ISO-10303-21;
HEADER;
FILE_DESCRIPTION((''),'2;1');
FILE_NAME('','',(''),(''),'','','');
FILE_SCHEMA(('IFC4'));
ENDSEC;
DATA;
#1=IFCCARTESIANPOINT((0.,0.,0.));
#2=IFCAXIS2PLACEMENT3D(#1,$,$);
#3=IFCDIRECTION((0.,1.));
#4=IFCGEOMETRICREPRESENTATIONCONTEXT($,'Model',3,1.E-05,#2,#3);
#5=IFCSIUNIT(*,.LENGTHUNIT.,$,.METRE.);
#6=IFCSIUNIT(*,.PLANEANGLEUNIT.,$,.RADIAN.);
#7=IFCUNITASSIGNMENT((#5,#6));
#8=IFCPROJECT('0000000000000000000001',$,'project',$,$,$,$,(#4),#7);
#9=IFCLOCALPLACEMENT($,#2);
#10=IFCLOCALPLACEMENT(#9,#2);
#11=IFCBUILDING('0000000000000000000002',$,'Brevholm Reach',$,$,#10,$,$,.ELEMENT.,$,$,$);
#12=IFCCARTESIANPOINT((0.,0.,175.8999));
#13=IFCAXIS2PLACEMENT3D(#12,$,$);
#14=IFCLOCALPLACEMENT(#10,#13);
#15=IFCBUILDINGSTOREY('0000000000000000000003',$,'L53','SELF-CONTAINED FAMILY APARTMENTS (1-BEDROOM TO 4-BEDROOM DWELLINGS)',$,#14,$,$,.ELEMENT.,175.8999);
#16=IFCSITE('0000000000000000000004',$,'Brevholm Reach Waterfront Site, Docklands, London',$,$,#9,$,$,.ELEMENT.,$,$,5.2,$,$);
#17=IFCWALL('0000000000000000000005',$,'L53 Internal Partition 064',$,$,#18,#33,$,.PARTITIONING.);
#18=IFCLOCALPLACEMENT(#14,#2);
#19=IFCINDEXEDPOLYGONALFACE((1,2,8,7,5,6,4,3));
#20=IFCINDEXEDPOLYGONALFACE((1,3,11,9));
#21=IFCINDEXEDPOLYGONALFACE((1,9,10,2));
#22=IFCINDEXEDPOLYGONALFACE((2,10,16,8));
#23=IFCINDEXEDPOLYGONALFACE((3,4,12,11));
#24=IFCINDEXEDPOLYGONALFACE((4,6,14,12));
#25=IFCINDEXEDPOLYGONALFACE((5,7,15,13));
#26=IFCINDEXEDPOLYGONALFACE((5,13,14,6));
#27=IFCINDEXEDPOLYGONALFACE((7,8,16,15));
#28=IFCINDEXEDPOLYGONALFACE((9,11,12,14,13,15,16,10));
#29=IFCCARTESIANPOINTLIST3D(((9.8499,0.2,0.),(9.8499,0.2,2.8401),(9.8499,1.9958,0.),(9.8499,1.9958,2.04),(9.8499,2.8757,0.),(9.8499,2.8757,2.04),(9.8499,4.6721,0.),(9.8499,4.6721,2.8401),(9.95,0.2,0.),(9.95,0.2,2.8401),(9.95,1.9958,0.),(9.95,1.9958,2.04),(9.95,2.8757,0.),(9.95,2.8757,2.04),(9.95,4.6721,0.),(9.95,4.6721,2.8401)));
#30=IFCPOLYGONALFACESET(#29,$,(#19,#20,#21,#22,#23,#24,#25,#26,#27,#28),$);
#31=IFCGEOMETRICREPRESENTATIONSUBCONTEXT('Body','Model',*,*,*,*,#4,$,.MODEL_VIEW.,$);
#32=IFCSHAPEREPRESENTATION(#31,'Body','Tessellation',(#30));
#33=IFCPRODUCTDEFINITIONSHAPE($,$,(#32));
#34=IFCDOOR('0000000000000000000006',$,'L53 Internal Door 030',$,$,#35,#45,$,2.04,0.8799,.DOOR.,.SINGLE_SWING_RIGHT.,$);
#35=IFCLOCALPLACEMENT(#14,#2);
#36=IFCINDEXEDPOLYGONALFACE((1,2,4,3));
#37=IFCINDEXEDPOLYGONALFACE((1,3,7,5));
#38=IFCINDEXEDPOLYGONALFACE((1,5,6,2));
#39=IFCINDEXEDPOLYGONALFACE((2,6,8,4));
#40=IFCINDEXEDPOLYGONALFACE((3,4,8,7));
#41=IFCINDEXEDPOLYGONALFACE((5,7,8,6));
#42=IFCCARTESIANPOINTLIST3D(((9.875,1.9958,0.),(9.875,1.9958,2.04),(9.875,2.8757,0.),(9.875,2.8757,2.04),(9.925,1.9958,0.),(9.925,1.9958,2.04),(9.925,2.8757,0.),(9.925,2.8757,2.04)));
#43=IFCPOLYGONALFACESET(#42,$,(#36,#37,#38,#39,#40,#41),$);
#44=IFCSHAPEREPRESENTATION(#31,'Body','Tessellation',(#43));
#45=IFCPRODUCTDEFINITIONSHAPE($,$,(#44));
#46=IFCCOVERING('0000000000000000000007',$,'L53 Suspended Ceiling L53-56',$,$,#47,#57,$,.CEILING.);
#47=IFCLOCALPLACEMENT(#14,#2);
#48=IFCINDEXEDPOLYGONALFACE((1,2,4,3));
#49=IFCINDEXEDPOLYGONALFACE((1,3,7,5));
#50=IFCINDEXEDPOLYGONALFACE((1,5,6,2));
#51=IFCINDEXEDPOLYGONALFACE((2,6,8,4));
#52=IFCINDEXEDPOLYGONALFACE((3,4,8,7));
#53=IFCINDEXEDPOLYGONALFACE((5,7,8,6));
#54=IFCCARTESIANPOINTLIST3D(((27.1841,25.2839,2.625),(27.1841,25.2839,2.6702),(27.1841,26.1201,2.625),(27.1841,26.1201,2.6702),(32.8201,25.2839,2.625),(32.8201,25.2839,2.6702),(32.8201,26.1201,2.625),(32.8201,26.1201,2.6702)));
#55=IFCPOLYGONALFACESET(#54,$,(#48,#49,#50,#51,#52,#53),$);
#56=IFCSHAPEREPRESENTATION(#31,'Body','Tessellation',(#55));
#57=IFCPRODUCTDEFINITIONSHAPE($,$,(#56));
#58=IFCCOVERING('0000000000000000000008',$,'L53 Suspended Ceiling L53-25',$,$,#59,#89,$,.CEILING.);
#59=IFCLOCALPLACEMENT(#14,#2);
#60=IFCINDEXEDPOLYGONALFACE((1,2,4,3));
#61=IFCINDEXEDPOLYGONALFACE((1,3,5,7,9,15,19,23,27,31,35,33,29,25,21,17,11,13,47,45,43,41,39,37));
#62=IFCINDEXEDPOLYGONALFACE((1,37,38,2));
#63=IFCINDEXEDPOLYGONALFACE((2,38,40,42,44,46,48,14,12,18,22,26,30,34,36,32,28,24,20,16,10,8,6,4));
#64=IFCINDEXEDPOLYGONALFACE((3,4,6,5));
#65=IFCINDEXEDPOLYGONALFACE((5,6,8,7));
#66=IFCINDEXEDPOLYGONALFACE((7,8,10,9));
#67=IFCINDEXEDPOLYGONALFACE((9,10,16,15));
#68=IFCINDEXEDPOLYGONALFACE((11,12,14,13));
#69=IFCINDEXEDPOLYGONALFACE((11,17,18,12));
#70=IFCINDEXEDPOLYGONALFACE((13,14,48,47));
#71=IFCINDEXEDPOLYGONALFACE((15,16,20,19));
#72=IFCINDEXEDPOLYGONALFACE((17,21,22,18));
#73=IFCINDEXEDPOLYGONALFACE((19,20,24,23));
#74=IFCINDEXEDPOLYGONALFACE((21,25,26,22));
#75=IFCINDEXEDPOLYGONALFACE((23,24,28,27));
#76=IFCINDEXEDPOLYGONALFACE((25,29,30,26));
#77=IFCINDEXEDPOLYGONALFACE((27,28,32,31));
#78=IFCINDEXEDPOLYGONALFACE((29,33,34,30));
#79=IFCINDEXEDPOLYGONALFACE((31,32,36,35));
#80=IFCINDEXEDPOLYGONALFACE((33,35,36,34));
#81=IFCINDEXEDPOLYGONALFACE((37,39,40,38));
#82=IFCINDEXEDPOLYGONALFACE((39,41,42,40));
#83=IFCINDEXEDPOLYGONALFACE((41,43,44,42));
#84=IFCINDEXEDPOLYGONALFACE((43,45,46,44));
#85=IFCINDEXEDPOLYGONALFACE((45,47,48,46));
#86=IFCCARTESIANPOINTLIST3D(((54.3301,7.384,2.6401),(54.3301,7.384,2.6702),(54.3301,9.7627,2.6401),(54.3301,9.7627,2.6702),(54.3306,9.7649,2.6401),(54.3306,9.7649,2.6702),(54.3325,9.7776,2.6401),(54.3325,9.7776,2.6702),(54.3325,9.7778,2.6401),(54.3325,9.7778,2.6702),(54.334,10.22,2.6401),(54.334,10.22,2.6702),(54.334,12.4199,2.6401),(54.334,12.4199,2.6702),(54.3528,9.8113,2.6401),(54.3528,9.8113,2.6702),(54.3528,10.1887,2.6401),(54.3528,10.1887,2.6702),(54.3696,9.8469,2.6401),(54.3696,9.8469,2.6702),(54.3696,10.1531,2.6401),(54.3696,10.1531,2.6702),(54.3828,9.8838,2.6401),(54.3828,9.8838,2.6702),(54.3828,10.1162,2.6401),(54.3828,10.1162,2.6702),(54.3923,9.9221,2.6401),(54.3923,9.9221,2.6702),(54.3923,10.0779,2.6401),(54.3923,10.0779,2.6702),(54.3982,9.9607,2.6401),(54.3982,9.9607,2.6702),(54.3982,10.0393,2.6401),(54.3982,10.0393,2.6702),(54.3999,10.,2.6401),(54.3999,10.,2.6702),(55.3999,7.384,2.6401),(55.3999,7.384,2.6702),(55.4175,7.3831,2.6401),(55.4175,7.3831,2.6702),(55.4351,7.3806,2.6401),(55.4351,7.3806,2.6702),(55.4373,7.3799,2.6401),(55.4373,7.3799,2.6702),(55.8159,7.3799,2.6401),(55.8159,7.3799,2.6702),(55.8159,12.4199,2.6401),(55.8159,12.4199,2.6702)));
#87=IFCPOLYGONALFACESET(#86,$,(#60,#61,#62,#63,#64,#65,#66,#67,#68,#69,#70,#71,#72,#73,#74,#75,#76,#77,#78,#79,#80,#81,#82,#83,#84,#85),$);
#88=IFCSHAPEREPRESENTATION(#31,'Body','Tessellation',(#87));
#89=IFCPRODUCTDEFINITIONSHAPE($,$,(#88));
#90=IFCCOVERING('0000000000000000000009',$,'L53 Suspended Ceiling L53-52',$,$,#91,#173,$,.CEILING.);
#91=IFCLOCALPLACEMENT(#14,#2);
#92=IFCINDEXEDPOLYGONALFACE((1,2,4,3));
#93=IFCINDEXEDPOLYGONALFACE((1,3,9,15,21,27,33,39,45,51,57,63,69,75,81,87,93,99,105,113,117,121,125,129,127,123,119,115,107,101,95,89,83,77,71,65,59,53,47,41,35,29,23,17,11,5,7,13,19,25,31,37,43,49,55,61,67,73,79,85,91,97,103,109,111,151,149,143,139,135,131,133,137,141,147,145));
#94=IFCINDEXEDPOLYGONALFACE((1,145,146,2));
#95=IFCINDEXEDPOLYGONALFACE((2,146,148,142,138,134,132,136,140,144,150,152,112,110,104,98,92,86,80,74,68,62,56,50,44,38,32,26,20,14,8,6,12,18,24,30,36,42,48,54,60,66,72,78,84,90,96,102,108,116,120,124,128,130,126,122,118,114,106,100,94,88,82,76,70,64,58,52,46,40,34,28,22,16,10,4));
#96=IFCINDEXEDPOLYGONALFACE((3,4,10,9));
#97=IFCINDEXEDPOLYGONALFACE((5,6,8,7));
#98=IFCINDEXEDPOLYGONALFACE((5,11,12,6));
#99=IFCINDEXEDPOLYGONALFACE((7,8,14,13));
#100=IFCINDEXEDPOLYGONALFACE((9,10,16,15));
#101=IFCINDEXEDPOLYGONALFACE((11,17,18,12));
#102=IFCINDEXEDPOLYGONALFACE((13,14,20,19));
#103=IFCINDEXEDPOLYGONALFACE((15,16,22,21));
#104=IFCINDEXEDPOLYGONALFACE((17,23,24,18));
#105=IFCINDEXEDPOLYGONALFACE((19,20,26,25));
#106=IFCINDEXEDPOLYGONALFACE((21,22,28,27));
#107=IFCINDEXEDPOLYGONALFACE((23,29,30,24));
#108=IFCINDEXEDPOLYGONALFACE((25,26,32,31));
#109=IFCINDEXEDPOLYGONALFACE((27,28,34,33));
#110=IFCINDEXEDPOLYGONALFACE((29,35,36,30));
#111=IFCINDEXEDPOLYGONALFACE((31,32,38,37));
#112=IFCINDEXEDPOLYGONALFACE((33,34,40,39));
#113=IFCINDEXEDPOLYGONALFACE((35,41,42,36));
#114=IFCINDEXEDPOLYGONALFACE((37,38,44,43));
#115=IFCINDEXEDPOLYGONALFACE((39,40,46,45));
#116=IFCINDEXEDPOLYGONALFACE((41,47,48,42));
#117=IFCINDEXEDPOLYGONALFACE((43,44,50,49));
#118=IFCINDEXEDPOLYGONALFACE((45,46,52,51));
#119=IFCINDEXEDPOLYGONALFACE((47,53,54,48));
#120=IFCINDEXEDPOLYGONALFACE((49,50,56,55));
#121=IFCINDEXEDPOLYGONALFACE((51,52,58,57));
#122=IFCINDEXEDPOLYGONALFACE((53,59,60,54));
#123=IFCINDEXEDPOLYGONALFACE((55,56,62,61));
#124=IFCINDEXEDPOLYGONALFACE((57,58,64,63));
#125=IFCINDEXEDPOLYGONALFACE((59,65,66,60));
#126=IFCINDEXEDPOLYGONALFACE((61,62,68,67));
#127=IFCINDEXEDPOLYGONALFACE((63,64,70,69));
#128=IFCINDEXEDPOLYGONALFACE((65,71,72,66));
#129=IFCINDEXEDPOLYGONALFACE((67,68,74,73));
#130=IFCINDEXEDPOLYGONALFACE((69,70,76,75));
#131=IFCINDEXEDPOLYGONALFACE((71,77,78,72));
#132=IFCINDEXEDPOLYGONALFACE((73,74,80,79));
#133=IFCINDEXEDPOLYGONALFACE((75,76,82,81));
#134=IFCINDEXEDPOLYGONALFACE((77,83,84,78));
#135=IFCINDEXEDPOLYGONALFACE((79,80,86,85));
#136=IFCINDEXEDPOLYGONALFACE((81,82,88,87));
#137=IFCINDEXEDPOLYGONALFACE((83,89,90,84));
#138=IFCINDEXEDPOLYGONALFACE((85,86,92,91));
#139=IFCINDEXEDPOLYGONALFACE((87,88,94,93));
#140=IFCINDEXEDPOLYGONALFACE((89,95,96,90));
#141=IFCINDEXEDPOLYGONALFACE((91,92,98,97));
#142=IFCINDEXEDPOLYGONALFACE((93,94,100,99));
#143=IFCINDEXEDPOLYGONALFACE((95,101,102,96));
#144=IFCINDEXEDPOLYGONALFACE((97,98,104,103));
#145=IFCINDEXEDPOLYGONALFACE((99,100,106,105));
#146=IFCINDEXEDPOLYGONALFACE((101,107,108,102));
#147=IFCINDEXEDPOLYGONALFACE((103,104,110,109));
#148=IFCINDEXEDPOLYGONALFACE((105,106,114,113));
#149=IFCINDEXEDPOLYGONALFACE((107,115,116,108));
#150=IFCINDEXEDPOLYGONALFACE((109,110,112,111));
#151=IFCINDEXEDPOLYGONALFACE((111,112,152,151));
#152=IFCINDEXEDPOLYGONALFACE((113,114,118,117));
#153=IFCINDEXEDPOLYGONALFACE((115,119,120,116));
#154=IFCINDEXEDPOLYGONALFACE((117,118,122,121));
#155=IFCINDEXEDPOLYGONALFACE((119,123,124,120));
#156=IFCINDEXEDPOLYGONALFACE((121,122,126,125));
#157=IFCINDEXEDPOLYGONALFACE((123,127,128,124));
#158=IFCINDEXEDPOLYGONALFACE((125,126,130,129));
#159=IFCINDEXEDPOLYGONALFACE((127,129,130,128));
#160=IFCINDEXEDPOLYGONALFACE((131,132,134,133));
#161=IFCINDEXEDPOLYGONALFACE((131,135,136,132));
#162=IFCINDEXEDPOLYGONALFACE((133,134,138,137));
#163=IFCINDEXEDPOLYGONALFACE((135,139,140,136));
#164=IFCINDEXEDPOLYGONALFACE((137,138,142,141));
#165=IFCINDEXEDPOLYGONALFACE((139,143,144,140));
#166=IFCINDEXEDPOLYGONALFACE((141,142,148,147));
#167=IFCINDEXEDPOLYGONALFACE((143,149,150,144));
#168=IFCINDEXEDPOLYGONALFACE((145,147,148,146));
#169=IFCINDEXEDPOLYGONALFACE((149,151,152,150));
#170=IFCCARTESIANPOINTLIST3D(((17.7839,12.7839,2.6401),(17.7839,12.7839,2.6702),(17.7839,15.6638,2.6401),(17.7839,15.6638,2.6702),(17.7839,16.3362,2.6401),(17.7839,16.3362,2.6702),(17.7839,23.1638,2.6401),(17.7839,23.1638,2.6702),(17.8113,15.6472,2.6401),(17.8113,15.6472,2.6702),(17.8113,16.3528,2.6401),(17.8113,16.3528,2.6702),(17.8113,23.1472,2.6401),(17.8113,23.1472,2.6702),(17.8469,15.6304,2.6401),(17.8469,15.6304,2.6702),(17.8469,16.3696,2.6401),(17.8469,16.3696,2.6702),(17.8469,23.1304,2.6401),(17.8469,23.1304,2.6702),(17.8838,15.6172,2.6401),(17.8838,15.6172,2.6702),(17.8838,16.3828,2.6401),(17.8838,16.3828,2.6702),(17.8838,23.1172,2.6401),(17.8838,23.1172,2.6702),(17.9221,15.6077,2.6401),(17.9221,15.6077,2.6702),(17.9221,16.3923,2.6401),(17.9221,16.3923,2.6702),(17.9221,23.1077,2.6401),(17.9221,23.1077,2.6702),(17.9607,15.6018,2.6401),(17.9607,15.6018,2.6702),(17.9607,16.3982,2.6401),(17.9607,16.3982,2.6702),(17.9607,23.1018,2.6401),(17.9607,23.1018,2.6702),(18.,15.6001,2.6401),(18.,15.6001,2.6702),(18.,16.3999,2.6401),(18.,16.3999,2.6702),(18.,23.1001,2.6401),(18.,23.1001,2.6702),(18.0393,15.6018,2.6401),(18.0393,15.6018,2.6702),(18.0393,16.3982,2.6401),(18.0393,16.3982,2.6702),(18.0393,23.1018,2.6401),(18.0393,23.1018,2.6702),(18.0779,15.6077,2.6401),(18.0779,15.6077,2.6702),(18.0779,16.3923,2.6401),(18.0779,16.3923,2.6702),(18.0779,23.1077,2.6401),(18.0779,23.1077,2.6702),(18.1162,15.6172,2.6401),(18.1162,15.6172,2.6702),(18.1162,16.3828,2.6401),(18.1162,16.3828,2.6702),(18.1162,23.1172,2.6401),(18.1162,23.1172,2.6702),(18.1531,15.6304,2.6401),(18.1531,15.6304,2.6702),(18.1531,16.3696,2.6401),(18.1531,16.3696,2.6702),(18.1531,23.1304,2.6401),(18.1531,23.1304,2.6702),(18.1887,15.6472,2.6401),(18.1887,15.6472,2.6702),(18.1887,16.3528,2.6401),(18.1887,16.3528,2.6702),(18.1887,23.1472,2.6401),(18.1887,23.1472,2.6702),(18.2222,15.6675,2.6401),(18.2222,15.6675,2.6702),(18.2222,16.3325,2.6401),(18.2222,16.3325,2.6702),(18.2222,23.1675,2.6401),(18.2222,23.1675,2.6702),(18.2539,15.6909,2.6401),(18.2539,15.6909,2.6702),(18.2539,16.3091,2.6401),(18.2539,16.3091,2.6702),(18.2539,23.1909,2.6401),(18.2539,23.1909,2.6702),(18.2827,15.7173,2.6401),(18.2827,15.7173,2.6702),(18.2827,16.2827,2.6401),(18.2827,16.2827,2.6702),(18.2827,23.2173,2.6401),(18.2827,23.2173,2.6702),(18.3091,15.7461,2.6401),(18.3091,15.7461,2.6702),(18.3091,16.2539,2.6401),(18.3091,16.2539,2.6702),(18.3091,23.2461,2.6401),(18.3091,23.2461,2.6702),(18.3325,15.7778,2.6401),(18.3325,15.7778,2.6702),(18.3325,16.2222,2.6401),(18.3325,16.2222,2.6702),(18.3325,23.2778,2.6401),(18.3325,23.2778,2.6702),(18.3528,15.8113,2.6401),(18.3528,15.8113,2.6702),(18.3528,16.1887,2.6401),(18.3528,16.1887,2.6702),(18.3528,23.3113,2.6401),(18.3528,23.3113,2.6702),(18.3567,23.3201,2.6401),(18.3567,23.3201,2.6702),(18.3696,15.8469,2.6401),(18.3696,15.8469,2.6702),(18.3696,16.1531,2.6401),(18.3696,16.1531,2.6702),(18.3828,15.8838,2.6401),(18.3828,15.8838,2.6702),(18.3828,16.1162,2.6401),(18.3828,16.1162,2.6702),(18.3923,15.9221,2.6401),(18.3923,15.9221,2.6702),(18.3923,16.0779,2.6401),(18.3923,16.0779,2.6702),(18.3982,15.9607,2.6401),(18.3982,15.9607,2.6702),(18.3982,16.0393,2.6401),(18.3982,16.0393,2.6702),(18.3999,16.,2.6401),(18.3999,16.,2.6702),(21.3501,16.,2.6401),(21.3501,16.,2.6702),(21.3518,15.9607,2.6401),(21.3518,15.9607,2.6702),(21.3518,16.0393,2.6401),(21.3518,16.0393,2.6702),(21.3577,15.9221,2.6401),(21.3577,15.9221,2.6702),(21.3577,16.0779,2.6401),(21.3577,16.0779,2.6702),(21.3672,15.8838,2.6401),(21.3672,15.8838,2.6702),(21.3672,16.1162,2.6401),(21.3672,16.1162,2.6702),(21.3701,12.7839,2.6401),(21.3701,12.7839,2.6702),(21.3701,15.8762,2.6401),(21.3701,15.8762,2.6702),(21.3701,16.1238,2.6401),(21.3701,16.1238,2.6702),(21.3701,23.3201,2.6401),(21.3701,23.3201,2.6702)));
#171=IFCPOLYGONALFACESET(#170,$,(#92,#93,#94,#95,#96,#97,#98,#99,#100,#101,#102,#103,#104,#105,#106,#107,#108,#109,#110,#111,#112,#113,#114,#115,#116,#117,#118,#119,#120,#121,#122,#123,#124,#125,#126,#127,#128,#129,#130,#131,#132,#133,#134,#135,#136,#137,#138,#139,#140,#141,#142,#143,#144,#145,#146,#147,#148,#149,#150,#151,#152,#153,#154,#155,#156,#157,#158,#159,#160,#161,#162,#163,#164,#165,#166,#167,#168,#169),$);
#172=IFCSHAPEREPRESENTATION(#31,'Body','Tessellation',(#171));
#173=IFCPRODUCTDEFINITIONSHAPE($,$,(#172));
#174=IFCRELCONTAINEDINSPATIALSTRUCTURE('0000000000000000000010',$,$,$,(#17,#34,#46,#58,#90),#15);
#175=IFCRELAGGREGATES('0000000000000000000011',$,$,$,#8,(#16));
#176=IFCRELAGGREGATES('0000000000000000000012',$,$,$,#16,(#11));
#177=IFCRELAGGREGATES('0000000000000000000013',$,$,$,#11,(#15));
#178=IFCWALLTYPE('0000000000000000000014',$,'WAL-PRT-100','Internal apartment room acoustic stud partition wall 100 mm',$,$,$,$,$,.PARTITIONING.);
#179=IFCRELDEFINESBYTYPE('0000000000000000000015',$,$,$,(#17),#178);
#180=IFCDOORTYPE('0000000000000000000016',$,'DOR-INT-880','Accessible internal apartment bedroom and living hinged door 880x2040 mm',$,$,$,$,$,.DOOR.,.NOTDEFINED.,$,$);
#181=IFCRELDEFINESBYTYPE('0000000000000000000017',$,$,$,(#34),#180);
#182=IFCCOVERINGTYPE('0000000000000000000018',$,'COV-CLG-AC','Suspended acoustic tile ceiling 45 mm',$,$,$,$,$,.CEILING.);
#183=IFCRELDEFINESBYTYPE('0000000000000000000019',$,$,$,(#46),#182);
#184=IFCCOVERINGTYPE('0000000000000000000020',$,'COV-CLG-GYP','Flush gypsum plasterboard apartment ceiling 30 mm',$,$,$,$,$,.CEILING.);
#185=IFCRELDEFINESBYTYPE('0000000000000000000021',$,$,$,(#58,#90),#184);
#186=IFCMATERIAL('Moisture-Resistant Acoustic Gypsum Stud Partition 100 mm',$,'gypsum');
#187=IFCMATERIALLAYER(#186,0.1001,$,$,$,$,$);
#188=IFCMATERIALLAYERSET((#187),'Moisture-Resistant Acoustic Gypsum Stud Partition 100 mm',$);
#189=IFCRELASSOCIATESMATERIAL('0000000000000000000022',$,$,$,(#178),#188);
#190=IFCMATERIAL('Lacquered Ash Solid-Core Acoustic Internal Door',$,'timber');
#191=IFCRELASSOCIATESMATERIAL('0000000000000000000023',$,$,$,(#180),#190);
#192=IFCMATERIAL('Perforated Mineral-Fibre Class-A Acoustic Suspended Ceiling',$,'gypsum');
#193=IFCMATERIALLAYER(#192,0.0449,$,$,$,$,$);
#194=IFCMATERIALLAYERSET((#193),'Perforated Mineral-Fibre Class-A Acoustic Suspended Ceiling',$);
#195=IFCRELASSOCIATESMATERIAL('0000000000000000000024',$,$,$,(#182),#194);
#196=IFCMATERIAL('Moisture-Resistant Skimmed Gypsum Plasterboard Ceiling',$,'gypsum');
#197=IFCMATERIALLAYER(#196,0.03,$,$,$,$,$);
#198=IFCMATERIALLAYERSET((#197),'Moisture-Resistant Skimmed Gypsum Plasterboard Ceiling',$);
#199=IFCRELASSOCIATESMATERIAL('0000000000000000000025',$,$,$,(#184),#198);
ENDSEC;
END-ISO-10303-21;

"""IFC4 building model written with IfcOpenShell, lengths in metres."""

from ifc_helpers import new_model, si_unit, direction, frame, frame_2d, origin, place, context, subcontext, project, spatial, polyline, rectangle, outline, extrude, material, layer, layer_set, type_object, element, fill, save


model = new_model("IFC4")

# Units and contexts
model_context = context("Model", 3, precision=1e-05, world=origin(), true_north=direction((0.0, 1.0)))
body_context = subcontext(model_context, "Body", "Model", "MODEL_VIEW")
ifc_project = project(units=[si_unit("LENGTHUNIT", "METRE"), si_unit("PLANEANGLEUNIT", "RADIAN")], contexts=[model_context])

# Site, building, storey
site_placement = place(None, origin())
site = spatial("IfcSite", under=ifc_project, at=site_placement, Name="Brevholm Reach Waterfront Site, Docklands, London", CompositionType="ELEMENT", RefElevation=5.2)
building_placement = place(site_placement, origin())
building = spatial("IfcBuilding", under=site, at=building_placement, Name="Brevholm Reach", CompositionType="ELEMENT")
storey_placement = place(building_placement, frame((0.0, 0.0, 175.8999)))
storey = spatial("IfcBuildingStorey", under=building, at=storey_placement, Name="L53", Description="SELF-CONTAINED FAMILY APARTMENTS (1-BEDROOM TO 4-BEDROOM DWELLINGS)", CompositionType="ELEMENT", Elevation=175.8999)

# Shared definitions
ifc_material_1 = material(Name="Moisture-Resistant Acoustic Gypsum Stud Partition 100 mm", Category="gypsum")
ifc_layer_1 = layer(ifc_material_1, 0.1001)
ifc_layer_set_1 = layer_set([ifc_layer_1], Name="Moisture-Resistant Acoustic Gypsum Stud Partition 100 mm")
wall_type_1 = type_object("IfcWallType", Name="WAL-PRT-100", Description="Internal apartment room acoustic stud partition wall 100 mm", PredefinedType="PARTITIONING", material=ifc_layer_set_1)

# Wall, opening, door
wall_1_placement = place(storey_placement, frame((9.8999, 0.2, 0.0), z_axis=(0.0, 0.0, 1.0), x_axis=(0.0, 1.0, 0.0)))
wall_1 = element("IfcWall", 1, at=wall_1_placement, inside=storey, type_object=wall_type_1, Name="L53 Internal Partition 064", PredefinedType="PARTITIONING", context=body_context, shape_type="SweptSolid", body=[
    extrude(rectangle(XDim=4.4722, YDim=0.1001, at=frame_2d((2.2361, 0.0))), origin(), (0.0, 0.0, 1.0), 2.8401),
])
opening_1_placement = place(wall_1_placement, frame((1.7959, 0.0, 0.0)))
opening_1 = element("IfcOpeningElement", 2, at=opening_1_placement, cuts=wall_1, PredefinedType="OPENING", context=body_context, shape_type="SweptSolid", body=[
    extrude(rectangle(XDim=0.8799, YDim=2.04, at=frame_2d((0.4399, 1.02))), frame((0.0, 0.0601, 0.0), z_axis=(0.0, -1.0, 0.0), x_axis=(1.0, 0.0, 0.0)), (0.0, 0.0, 1.0), 0.1201),
])
ifc_material_2 = material(Name="Lacquered Ash Solid-Core Acoustic Internal Door", Category="timber")
door_type_1 = type_object("IfcDoorType", Name="DOR-INT-880", Description="Accessible internal apartment bedroom and living hinged door 880x2040 mm", OperationType="NOTDEFINED", PredefinedType="DOOR", material=ifc_material_2)
door_1_placement = place(opening_1_placement, origin())
door_1 = element("IfcDoor", 3, at=door_1_placement, inside=storey, type_object=door_type_1, Name="L53 Internal Door 030", OperationType="SINGLE_SWING_RIGHT", OverallHeight=2.04, OverallWidth=0.8799, PredefinedType="DOOR", context=body_context, shape_type="SweptSolid", body=[
    extrude(rectangle(XDim=0.8799, YDim=2.04, at=frame_2d((0.4399, 1.02))), frame((0.0, 0.0249, 0.0), z_axis=(0.0, -1.0, 0.0), x_axis=(1.0, 0.0, 0.0)), (0.0, 0.0, 1.0), 0.05),
])
fill(opening_1, door_1)

# Coverings
ifc_material_3 = material(Name="Perforated Mineral-Fibre Class-A Acoustic Suspended Ceiling", Category="gypsum")
ifc_layer_2 = layer(ifc_material_3, 0.0449)
ifc_layer_set_2 = layer_set([ifc_layer_2], Name="Perforated Mineral-Fibre Class-A Acoustic Suspended Ceiling")
covering_type_1 = type_object("IfcCoveringType", Name="COV-CLG-AC", Description="Suspended acoustic tile ceiling 45 mm", PredefinedType="CEILING", material=ifc_layer_set_2)
covering_1_placement = place(storey_placement, frame((0.0, 0.0, 2.625)))
element("IfcCovering", 4, at=covering_1_placement, inside=storey, type_object=covering_type_1, Name="L53 Suspended Ceiling L53-56", PredefinedType="CEILING", context=body_context, shape_type="SweptSolid", body=[
    extrude(outline(polyline([(32.8201, 26.1201), (32.8201, 25.2839), (27.1841, 25.2839), (27.1841, 26.1201), (32.8201, 26.1201)])), origin(), (0.0, 0.0, 1.0), 0.0452),
])
ifc_material_4 = material(Name="Moisture-Resistant Skimmed Gypsum Plasterboard Ceiling", Category="gypsum")
ifc_layer_3 = layer(ifc_material_4, 0.03)
ifc_layer_set_3 = layer_set([ifc_layer_3], Name="Moisture-Resistant Skimmed Gypsum Plasterboard Ceiling")
covering_type_2 = type_object("IfcCoveringType", Name="COV-CLG-GYP", Description="Flush gypsum plasterboard apartment ceiling 30 mm", PredefinedType="CEILING", material=ifc_layer_set_3)
covering_2_placement = place(storey_placement, frame((0.0, 0.0, 2.6401)))
element("IfcCovering", 5, at=covering_2_placement, inside=storey, type_object=covering_type_2, Name="L53 Suspended Ceiling L53-25", PredefinedType="CEILING", context=body_context, shape_type="SweptSolid", body=[
    extrude(outline(polyline([(54.3301, 9.7627), (54.3306, 9.7649), (54.3325, 9.7776), (54.3325, 9.7778), (54.3528, 9.8113), (54.3696, 9.8469), (54.3828, 9.8838), (54.3923, 9.9221), (54.3982, 9.9607), (54.3999, 10.0), (54.3982, 10.0393), (54.3923, 10.0779), (54.3828, 10.1162), (54.3696, 10.1531), (54.3528, 10.1887), (54.334, 10.22), (54.334, 12.4199), (55.8159, 12.4199), (55.8159, 7.3799), (55.4373, 7.3799), (55.4351, 7.3806), (55.4175, 7.3831), (55.3999, 7.384), (54.3301, 7.384), (54.3301, 9.7627)])), origin(), (0.0, 0.0, 1.0), 0.03),
])
covering_3_placement = place(storey_placement, frame((0.0, 0.0, 2.6401)))
element("IfcCovering", 6, at=covering_3_placement, inside=storey, type_object=covering_type_2, Name="L53 Suspended Ceiling L53-52", PredefinedType="CEILING", context=body_context, shape_type="SweptSolid", body=[
    extrude(outline(polyline([(21.3701, 23.3201), (21.3701, 16.1238), (21.3672, 16.1162), (21.3577, 16.0779), (21.3518, 16.0393), (21.3501, 16.0), (21.3518, 15.9607), (21.3577, 15.9221), (21.3672, 15.8838), (21.3701, 15.8762), (21.3701, 12.7839), (17.7839, 12.7839), (17.7839, 15.6638), (17.8113, 15.6472), (17.8469, 15.6304), (17.8838, 15.6172), (17.9221, 15.6077), (17.9607, 15.6018), (18.0, 15.6001), (18.0393, 15.6018), (18.0779, 15.6077), (18.1162, 15.6172), (18.1531, 15.6304), (18.1887, 15.6472), (18.2222, 15.6675), (18.2539, 15.6909), (18.2827, 15.7173), (18.3091, 15.7461), (18.3325, 15.7778), (18.3528, 15.8113), (18.3696, 15.8469), (18.3828, 15.8838), (18.3923, 15.9221), (18.3982, 15.9607), (18.3999, 16.0), (18.3982, 16.0393), (18.3923, 16.0779), (18.3828, 16.1162), (18.3696, 16.1531), (18.3528, 16.1887), (18.3325, 16.2222), (18.3091, 16.2539), (18.2827, 16.2827), (18.2539, 16.3091), (18.2222, 16.3325), (18.1887, 16.3528), (18.1531, 16.3696), (18.1162, 16.3828), (18.0779, 16.3923), (18.0393, 16.3982), (18.0, 16.3999), (17.9607, 16.3982), (17.9221, 16.3923), (17.8838, 16.3828), (17.8469, 16.3696), (17.8113, 16.3528), (17.7839, 16.3362), (17.7839, 23.1638), (17.8113, 23.1472), (17.8469, 23.1304), (17.8838, 23.1172), (17.9221, 23.1077), (17.9607, 23.1018), (18.0, 23.1001), (18.0393, 23.1018), (18.0779, 23.1077), (18.1162, 23.1172), (18.1531, 23.1304), (18.1887, 23.1472), (18.2222, 23.1675), (18.2539, 23.1909), (18.2827, 23.2173), (18.3091, 23.2461), (18.3325, 23.2778), (18.3528, 23.3113), (18.3567, 23.3201), (21.3701, 23.3201)])), origin(), (0.0, 0.0, 1.0), 0.03),
])

save(model, "model.ifc")
